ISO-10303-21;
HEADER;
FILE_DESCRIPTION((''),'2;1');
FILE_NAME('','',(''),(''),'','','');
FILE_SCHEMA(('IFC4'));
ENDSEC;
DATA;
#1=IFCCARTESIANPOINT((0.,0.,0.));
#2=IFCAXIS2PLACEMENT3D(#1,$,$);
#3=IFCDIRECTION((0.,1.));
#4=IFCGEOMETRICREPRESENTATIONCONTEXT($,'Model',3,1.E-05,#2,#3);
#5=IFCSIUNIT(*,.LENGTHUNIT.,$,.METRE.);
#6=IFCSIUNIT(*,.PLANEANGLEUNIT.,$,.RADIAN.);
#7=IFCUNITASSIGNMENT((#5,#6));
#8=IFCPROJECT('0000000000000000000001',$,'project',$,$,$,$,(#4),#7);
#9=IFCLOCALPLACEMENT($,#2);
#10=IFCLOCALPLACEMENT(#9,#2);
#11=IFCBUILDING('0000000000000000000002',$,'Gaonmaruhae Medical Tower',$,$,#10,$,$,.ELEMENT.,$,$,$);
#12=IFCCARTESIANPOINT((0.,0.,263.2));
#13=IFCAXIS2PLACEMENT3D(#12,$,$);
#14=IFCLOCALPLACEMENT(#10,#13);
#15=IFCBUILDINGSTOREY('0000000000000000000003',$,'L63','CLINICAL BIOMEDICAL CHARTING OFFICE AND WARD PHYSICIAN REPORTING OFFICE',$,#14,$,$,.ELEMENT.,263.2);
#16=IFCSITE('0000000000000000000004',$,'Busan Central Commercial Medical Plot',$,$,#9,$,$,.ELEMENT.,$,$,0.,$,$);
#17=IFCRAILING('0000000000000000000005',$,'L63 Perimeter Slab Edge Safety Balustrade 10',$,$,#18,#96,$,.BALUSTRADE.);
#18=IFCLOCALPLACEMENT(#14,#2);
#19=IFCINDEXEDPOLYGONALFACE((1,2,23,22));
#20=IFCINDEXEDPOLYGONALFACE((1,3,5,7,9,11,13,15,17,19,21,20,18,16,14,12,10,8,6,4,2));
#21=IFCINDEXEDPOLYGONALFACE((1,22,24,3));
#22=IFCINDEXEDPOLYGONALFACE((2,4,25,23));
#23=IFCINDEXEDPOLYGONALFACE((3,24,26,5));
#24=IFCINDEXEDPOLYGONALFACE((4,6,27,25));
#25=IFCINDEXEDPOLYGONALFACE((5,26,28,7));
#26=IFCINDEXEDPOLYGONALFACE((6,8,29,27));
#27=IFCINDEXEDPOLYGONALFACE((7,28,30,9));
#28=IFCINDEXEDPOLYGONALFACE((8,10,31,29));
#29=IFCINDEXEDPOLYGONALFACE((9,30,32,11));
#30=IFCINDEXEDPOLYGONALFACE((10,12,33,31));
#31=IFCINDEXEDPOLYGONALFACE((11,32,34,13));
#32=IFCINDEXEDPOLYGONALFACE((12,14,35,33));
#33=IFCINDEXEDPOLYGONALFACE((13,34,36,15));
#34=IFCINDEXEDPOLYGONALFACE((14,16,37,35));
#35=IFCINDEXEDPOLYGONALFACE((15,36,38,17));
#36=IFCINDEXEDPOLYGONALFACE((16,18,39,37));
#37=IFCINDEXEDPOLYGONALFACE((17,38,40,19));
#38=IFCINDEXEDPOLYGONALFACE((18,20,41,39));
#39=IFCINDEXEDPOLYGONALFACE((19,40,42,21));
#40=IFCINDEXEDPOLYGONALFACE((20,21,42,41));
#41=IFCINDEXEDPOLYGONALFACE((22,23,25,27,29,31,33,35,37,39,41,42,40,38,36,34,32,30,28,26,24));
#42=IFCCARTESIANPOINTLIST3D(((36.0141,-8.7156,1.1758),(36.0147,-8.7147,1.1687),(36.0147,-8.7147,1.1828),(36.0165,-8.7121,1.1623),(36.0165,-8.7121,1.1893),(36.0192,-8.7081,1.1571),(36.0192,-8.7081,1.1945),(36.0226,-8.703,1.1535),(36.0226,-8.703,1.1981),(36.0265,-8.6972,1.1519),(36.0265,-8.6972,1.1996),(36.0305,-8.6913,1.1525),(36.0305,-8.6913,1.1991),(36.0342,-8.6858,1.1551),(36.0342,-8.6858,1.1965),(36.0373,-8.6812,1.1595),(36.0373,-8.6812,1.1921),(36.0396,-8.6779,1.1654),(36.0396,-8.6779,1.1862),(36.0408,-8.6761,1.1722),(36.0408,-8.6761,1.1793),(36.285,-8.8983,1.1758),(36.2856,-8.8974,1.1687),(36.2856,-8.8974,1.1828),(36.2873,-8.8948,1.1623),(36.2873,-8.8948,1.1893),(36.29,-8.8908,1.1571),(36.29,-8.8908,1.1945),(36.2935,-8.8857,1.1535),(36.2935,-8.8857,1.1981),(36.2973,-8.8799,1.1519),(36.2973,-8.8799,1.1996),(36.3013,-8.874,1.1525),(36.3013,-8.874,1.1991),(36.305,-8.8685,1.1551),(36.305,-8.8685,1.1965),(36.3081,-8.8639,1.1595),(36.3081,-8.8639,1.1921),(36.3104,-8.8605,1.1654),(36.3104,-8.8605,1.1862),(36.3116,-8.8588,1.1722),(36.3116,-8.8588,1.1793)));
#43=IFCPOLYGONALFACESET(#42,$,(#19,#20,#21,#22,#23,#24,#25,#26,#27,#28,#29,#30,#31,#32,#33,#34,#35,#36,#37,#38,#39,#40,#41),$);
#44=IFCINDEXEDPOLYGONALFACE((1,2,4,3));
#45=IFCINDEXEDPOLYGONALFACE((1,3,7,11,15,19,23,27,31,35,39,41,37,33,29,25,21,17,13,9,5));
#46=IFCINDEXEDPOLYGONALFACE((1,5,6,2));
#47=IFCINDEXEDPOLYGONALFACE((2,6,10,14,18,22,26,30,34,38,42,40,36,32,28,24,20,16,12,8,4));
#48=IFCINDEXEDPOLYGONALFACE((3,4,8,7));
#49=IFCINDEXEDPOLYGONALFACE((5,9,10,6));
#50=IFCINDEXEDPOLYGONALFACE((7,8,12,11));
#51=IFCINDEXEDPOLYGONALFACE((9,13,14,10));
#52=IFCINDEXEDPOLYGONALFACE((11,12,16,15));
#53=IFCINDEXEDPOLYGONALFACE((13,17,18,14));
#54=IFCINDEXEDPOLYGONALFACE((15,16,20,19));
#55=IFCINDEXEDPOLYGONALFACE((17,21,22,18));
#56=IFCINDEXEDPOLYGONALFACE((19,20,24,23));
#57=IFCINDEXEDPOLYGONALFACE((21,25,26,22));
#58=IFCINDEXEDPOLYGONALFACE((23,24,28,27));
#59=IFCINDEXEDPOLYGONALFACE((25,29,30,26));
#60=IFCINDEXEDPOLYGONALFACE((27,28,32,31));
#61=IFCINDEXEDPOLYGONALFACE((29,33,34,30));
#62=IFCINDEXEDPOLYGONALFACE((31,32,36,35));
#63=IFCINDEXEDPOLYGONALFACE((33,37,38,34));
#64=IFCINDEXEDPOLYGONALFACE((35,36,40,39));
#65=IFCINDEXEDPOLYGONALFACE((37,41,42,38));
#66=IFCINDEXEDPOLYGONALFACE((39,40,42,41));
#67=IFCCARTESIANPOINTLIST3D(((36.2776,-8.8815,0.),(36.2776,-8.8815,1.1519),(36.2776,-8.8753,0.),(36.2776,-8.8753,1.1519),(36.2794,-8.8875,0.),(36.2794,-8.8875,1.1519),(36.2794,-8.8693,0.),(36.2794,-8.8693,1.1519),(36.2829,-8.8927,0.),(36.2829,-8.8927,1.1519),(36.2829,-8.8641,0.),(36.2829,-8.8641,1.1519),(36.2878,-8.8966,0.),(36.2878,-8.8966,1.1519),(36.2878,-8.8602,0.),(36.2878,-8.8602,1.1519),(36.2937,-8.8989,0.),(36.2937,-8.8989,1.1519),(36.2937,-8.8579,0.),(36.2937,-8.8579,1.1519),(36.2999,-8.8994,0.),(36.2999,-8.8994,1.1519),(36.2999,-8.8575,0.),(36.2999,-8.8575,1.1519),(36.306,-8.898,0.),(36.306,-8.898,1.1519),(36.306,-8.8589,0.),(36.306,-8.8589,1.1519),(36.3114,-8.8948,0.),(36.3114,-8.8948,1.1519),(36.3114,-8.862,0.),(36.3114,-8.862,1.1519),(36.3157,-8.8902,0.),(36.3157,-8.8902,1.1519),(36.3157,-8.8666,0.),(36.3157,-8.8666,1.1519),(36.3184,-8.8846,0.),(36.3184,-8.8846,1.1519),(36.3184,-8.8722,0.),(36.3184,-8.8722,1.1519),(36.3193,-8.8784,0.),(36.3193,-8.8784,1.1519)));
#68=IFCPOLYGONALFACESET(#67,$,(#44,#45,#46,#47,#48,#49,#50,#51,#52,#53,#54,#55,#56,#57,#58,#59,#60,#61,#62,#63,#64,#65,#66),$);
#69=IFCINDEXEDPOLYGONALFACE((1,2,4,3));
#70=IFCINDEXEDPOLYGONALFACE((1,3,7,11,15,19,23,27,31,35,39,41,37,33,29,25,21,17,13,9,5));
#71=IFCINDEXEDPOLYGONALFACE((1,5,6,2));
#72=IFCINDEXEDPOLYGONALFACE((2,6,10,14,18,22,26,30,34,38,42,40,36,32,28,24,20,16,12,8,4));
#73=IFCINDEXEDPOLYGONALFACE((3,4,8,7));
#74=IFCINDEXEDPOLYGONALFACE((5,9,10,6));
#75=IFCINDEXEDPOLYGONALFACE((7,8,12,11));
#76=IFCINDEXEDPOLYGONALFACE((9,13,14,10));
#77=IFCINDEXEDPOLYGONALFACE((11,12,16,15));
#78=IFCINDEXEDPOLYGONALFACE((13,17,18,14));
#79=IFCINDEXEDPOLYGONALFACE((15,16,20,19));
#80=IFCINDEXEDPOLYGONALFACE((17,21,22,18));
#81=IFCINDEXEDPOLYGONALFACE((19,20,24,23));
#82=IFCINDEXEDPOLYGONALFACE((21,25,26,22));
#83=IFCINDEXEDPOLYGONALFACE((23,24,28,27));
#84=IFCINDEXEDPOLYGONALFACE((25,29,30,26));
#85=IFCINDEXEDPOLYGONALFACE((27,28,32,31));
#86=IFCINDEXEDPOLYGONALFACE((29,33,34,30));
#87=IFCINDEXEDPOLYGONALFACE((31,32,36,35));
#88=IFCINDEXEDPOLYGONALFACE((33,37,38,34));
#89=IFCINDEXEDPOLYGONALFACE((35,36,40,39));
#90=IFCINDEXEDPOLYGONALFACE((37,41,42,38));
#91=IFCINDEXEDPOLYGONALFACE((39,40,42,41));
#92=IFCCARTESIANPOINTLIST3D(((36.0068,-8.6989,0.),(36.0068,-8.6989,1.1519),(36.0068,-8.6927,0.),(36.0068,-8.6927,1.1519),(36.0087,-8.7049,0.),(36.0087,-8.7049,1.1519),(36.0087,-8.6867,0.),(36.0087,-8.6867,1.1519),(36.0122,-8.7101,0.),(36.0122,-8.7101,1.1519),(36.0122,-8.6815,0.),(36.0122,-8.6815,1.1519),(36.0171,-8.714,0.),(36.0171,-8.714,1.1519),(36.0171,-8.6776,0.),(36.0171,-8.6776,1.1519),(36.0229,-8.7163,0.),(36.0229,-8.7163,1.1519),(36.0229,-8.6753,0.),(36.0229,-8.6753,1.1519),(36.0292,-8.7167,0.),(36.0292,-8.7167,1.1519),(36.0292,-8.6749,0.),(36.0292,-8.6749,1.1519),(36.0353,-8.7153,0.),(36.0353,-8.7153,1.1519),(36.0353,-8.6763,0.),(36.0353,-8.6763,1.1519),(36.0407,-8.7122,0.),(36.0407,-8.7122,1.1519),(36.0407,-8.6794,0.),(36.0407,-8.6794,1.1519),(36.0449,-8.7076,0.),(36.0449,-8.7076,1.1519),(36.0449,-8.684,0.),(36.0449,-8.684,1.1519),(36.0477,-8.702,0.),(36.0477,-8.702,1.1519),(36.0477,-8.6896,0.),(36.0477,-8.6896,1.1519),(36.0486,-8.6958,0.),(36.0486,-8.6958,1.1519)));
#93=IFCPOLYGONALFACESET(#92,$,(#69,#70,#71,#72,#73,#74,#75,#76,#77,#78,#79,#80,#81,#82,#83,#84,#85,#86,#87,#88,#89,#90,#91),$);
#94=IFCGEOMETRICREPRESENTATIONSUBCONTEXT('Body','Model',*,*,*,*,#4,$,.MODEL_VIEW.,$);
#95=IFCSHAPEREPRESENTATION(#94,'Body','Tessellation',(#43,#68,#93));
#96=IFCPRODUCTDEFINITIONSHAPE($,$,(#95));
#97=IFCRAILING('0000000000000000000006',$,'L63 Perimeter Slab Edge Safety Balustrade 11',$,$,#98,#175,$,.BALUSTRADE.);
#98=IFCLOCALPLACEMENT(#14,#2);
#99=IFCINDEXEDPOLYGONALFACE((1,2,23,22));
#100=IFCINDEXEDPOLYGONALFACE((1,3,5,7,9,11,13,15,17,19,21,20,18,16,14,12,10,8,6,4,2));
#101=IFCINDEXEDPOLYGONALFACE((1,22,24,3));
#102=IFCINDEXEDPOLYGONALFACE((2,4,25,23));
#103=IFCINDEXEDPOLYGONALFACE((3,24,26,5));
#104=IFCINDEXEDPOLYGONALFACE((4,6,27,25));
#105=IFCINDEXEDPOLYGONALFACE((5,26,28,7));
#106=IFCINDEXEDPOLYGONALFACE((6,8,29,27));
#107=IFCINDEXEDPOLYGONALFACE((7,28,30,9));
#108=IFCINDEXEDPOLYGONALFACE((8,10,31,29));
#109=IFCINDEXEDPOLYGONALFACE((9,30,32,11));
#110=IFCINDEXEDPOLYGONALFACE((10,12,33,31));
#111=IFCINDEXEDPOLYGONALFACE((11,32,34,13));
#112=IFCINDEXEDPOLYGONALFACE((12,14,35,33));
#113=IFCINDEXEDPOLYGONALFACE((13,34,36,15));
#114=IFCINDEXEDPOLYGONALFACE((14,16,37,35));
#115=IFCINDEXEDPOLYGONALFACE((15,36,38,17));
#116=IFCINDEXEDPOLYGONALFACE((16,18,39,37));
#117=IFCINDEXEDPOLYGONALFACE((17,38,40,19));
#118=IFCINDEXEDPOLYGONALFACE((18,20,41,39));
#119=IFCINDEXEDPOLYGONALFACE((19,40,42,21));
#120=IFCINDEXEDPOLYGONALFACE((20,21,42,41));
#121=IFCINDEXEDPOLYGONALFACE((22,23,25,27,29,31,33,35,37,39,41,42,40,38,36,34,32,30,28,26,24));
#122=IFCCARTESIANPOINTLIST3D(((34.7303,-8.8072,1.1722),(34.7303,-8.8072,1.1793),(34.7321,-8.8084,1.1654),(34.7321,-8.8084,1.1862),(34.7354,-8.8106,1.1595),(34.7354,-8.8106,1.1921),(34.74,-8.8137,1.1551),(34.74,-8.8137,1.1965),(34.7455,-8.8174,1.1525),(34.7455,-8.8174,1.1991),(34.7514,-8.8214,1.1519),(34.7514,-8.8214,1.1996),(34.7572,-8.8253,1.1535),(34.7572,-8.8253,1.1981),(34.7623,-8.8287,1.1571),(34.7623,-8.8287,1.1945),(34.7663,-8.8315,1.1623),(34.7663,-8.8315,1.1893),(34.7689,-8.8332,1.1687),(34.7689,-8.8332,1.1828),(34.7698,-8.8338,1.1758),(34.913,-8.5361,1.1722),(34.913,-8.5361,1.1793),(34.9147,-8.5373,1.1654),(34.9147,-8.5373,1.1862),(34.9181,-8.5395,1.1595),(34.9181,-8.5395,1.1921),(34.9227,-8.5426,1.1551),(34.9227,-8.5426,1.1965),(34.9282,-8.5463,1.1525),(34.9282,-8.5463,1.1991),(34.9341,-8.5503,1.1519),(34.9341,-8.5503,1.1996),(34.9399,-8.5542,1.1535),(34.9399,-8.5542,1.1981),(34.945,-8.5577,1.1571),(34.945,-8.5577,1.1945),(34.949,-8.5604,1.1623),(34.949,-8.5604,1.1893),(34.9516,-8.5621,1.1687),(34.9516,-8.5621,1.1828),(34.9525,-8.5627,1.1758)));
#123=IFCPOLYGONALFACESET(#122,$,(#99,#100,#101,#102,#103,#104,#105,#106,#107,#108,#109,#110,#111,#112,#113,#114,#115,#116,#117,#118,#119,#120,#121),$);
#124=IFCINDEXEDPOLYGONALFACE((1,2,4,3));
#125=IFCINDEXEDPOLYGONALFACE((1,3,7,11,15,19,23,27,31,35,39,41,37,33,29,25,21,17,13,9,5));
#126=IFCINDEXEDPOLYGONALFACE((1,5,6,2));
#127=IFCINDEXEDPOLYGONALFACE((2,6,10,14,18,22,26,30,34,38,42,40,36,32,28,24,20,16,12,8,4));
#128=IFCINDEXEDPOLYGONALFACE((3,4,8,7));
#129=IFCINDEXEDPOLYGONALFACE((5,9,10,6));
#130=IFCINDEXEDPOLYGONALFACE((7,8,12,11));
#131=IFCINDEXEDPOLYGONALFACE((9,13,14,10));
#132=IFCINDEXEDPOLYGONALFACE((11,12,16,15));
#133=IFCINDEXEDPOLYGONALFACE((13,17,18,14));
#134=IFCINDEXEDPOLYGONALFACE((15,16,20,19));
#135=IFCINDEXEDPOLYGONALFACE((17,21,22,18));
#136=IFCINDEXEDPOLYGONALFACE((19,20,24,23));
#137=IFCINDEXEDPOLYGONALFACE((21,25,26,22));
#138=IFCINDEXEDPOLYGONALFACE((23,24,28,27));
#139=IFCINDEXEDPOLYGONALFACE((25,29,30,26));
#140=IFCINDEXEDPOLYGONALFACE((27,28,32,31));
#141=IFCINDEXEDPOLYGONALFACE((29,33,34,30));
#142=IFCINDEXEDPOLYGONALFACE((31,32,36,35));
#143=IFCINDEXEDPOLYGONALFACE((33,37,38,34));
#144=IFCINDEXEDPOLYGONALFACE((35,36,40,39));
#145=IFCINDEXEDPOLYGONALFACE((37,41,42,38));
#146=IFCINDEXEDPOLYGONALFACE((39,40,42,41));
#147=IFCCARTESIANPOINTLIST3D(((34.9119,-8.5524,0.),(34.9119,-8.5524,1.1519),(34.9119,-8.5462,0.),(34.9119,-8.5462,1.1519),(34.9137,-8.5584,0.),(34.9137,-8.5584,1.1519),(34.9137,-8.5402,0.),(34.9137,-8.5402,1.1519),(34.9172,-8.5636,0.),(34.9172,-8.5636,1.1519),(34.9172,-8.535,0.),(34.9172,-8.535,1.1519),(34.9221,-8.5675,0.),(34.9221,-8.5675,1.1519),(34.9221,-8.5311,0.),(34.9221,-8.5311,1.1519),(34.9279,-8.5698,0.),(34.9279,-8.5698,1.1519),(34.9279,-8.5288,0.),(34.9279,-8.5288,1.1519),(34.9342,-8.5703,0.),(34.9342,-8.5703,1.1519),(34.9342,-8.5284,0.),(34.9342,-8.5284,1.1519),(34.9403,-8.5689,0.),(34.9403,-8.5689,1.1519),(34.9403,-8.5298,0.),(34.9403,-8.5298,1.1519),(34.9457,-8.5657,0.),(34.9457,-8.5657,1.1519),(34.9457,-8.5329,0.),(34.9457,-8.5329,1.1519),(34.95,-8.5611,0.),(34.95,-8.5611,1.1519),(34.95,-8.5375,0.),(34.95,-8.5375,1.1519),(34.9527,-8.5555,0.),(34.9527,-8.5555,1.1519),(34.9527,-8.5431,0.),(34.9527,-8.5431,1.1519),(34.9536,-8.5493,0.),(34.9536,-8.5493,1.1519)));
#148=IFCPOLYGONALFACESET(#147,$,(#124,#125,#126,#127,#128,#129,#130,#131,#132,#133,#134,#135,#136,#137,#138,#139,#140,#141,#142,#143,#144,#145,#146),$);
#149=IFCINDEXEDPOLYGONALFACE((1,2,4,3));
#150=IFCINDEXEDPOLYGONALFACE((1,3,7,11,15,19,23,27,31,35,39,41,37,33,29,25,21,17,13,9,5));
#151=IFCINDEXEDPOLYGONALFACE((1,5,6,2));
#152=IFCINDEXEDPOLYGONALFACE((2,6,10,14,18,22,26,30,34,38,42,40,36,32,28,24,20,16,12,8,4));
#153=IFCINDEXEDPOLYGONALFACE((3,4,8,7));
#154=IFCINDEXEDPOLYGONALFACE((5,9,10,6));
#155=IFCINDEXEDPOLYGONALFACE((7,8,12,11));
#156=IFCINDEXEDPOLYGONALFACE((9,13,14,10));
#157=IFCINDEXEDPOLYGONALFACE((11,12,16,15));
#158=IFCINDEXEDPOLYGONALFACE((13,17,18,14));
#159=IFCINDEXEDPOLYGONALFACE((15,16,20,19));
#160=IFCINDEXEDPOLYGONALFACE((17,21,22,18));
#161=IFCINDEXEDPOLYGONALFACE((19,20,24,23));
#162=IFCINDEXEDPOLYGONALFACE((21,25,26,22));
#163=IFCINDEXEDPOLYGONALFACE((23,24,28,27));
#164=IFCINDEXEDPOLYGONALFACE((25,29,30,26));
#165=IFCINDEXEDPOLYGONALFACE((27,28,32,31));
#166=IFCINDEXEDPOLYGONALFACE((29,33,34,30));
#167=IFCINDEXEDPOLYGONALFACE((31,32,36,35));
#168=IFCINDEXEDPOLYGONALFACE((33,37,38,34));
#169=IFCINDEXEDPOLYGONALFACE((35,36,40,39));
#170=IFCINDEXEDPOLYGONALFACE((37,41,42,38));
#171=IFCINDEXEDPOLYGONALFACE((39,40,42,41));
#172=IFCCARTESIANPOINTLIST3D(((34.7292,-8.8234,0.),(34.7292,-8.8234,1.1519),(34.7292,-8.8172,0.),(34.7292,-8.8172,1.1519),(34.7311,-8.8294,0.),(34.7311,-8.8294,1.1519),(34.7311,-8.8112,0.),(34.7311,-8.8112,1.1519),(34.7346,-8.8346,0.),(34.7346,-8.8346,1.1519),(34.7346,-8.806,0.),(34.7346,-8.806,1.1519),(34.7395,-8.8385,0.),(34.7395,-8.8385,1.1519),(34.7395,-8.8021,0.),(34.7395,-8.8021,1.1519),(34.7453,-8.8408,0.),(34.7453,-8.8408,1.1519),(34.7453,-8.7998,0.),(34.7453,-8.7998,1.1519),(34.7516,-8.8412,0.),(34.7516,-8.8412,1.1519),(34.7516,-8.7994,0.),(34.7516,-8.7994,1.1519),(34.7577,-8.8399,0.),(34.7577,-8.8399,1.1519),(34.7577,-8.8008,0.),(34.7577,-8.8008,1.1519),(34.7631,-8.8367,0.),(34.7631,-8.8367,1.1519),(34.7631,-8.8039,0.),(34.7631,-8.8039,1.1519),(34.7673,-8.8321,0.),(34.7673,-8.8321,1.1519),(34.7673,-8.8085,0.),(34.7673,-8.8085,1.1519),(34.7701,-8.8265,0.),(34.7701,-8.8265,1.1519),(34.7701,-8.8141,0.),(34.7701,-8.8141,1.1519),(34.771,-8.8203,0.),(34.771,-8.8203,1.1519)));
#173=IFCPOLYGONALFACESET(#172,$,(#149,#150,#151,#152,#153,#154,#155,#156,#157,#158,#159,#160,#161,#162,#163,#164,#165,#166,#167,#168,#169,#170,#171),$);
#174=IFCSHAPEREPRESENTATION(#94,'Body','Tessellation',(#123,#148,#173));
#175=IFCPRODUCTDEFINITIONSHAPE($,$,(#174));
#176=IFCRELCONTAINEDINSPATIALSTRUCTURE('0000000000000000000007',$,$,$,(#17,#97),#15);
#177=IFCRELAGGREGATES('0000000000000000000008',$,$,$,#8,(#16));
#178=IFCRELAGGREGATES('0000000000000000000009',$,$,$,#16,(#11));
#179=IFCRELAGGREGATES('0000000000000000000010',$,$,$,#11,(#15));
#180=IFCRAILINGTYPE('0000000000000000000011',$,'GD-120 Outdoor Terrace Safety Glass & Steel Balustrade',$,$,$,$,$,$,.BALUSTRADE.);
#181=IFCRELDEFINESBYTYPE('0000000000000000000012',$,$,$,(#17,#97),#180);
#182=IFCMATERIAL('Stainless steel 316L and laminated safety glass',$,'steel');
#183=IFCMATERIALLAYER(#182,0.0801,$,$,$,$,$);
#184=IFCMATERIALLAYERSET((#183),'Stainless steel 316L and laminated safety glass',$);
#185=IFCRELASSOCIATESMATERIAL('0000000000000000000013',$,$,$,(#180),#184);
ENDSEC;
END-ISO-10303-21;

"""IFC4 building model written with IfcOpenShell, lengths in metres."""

from ifc_helpers import new_model, si_unit, direction, frame, origin, origin_2d, place, context, subcontext, project, spatial, circle, extrude, material, layer, layer_set, type_object, element, save


model = new_model("IFC4")

# Units and contexts
model_context = context("Model", 3, precision=1e-05, world=origin(), true_north=direction((0.0, 1.0)))
body_context = subcontext(model_context, "Body", "Model", "MODEL_VIEW")
ifc_project = project(units=[si_unit("LENGTHUNIT", "METRE"), si_unit("PLANEANGLEUNIT", "RADIAN")], contexts=[model_context])

# Site, building, storey
site_placement = place(None, origin())
site = spatial("IfcSite", under=ifc_project, at=site_placement, Name="Busan Central Commercial Medical Plot", CompositionType="ELEMENT", RefElevation=0.0)
building_placement = place(site_placement, origin())
building = spatial("IfcBuilding", under=site, at=building_placement, Name="Gaonmaruhae Medical Tower", CompositionType="ELEMENT")
storey_placement = place(building_placement, frame((0.0, 0.0, 263.2)))
storey = spatial("IfcBuildingStorey", under=building, at=storey_placement, Name="L63", Description="CLINICAL BIOMEDICAL CHARTING OFFICE AND WARD PHYSICIAN REPORTING OFFICE", CompositionType="ELEMENT", Elevation=263.2)

# Railings
ifc_material_1 = material(Name="Stainless steel 316L and laminated safety glass", Category="steel")
ifc_layer_1 = layer(ifc_material_1, 0.0801)
ifc_layer_set_1 = layer_set([ifc_layer_1], Name="Stainless steel 316L and laminated safety glass")
railing_type = type_object("IfcRailingType", Name="GD-120 Outdoor Terrace Safety Glass & Steel Balustrade", PredefinedType="BALUSTRADE", material=ifc_layer_set_1)
railing_1_placement = place(storey_placement, frame((36.2983, -8.8784, 0.0)))
element("IfcRailing", 1, at=railing_1_placement, inside=storey, type_object=railing_type, Name="L63 Perimeter Slab Edge Safety Balustrade 10", PredefinedType="BALUSTRADE", context=body_context, shape_type="SweptSolid", body=[
    extrude(circle(Radius=0.0239, at=origin_2d()), frame((0.0, 0.0, 1.1758), z_axis=(-0.829048, 0.559178, 0.0), x_axis=(-0.559178, -0.829048, 0.0)), (0.0, 0.0, 1.0), 0.3267),
    extrude(circle(Radius=0.021, at=origin_2d()), origin(), (0.0, 0.0, 1.0), 1.1519),
    extrude(circle(Radius=0.021, at=origin_2d()), frame((-0.2708, 0.1826, 0.0)), (0.0, 0.0, 1.0), 1.1519),
])
railing_2_placement = place(storey_placement, frame((34.9326, -8.5493, 0.0)))
element("IfcRailing", 2, at=railing_2_placement, inside=storey, type_object=railing_type, Name="L63 Perimeter Slab Edge Safety Balustrade 11", PredefinedType="BALUSTRADE", context=body_context, shape_type="SweptSolid", body=[
    extrude(circle(Radius=0.0239, at=origin_2d()), frame((0.0, 0.0, 1.1758), z_axis=(-0.558831, -0.829281, 0.0), x_axis=(0.829281, -0.558831, 0.0)), (0.0, 0.0, 1.0), 0.3269),
    extrude(circle(Radius=0.021, at=origin_2d()), origin(), (0.0, 0.0, 1.0), 1.1519),
    extrude(circle(Radius=0.021, at=origin_2d()), frame((-0.1826, -0.271, 0.0)), (0.0, 0.0, 1.0), 1.1519),
])

save(model, "model.ifc")
